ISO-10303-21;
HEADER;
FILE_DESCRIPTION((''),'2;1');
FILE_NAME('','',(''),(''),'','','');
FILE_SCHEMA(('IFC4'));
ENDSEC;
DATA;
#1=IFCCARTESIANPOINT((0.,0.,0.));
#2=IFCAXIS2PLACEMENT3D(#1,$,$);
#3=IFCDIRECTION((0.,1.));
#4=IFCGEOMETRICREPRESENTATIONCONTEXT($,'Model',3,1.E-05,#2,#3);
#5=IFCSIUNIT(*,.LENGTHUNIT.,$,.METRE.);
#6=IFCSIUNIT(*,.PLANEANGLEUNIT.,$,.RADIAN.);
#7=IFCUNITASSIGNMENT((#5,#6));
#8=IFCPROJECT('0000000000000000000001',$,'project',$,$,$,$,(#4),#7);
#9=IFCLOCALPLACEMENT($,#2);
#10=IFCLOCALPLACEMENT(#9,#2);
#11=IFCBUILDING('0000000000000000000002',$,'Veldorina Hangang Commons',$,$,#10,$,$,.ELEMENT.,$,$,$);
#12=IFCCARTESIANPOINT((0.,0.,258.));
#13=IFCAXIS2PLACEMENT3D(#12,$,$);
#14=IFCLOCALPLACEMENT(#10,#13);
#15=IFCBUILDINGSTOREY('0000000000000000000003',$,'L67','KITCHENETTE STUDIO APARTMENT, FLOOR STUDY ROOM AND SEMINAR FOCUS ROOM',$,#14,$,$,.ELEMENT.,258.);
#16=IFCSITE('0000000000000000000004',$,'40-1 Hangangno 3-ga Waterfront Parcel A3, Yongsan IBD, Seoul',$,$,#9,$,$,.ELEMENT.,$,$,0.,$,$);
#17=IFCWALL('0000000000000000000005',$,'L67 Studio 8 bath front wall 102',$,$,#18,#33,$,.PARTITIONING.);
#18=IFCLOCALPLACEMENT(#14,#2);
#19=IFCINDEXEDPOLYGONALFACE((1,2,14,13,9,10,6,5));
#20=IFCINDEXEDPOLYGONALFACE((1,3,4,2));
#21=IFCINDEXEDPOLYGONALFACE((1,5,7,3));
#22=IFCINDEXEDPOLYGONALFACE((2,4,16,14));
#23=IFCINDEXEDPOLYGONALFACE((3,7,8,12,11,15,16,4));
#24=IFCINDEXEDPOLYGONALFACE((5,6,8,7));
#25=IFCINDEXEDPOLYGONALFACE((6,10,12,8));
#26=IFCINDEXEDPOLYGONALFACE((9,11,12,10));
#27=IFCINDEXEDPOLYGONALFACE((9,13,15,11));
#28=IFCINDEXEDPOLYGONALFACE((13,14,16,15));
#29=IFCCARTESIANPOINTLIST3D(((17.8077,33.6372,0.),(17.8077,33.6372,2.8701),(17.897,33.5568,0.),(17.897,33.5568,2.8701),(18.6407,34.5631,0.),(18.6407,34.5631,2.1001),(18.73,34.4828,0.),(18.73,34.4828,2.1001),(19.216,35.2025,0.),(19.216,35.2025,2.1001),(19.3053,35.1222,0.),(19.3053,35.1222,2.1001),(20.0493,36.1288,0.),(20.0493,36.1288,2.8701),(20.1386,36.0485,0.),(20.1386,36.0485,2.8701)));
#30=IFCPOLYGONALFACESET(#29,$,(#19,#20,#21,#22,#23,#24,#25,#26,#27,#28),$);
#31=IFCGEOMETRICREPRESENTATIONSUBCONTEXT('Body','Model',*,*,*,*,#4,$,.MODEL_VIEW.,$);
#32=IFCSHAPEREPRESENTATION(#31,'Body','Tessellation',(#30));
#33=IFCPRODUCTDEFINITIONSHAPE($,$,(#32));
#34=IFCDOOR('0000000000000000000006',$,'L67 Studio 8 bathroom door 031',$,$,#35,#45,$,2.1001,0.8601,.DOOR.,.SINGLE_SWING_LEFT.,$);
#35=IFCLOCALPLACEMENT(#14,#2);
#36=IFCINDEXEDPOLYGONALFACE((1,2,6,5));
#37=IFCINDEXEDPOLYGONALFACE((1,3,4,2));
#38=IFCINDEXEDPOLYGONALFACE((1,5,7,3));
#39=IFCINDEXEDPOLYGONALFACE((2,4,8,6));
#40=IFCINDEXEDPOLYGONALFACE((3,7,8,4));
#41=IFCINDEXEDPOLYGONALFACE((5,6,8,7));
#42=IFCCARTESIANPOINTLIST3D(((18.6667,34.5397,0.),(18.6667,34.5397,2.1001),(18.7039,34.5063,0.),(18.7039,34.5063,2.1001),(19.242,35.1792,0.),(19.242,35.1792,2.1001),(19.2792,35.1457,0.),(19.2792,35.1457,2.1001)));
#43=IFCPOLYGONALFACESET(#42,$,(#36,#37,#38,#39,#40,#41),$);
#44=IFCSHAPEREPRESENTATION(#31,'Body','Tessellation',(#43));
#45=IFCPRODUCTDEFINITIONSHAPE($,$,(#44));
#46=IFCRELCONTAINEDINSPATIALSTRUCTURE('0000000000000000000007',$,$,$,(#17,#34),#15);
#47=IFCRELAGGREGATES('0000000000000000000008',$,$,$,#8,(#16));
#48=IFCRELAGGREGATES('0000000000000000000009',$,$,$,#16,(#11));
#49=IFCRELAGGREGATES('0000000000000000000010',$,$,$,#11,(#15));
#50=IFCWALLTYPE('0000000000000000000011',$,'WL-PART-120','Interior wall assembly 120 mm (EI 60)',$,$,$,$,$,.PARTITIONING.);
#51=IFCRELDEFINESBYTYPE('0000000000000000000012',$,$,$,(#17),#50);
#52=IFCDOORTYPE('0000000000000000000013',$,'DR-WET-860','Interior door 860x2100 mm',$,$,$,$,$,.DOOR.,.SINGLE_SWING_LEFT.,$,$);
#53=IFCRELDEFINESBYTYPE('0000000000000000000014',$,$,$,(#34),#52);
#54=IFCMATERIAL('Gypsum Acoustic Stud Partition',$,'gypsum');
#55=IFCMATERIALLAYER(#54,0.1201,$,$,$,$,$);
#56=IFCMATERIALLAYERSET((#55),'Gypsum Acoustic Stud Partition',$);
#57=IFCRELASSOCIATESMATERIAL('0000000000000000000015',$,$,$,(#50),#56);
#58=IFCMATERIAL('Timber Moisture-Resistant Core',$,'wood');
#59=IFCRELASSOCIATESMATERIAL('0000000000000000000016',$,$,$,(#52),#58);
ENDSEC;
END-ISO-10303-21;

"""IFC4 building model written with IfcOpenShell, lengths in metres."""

from ifc_helpers import new_model, si_unit, direction, frame, frame_2d, origin, place, context, subcontext, project, spatial, rectangle, extrude, material, layer, layer_set, type_object, element, fill, save


model = new_model("IFC4")

# Units and contexts
model_context = context("Model", 3, precision=1e-05, world=origin(), true_north=direction((0.0, 1.0)))
body_context = subcontext(model_context, "Body", "Model", "MODEL_VIEW")
ifc_project = project(units=[si_unit("LENGTHUNIT", "METRE"), si_unit("PLANEANGLEUNIT", "RADIAN")], contexts=[model_context])

# Site, building, storey
site_placement = place(None, origin())
site = spatial("IfcSite", under=ifc_project, at=site_placement, Name="40-1 Hangangno 3-ga Waterfront Parcel A3, Yongsan IBD, Seoul", CompositionType="ELEMENT", RefElevation=0.0)
building_placement = place(site_placement, origin())
building = spatial("IfcBuilding", under=site, at=building_placement, Name="Veldorina Hangang Commons", CompositionType="ELEMENT")
storey_placement = place(building_placement, frame((0.0, 0.0, 258.0)))
storey = spatial("IfcBuildingStorey", under=building, at=storey_placement, Name="L67", Description="KITCHENETTE STUDIO APARTMENT, FLOOR STUDY ROOM AND SEMINAR FOCUS ROOM", CompositionType="ELEMENT", Elevation=258.0)

# Wall, opening, door
ifc_material_1 = material(Name="Gypsum Acoustic Stud Partition", Category="gypsum")
ifc_layer_1 = layer(ifc_material_1, 0.1201)
ifc_layer_set_1 = layer_set([ifc_layer_1], Name="Gypsum Acoustic Stud Partition")
wall_type_1 = type_object("IfcWallType", Name="WL-PART-120", Description="Interior wall assembly 120 mm (EI 60)", PredefinedType="PARTITIONING", material=ifc_layer_set_1)
wall_1_placement = place(storey_placement, frame((20.094, 36.0886, 0.0), z_axis=(0.0, 0.0, 1.0), x_axis=(-0.668828, -0.743417, 0.0)))
wall_1 = element("IfcWall", 1, at=wall_1_placement, inside=storey, type_object=wall_type_1, Name="L67 Studio 8 bath front wall 102", PredefinedType="PARTITIONING", context=body_context, shape_type="SweptSolid", body=[
    extrude(rectangle(XDim=3.3516, YDim=0.1201, at=frame_2d((1.6758, 0.0))), origin(), (0.0, 0.0, 1.0), 2.8701),
])
opening_1_placement = place(wall_1_placement, frame((1.2458, 0.0, 0.0)))
opening_1 = element("IfcOpeningElement", 2, at=opening_1_placement, cuts=wall_1, PredefinedType="OPENING", context=body_context, shape_type="SweptSolid", body=[
    extrude(rectangle(XDim=0.8601, YDim=2.1001, at=frame_2d((0.4302, 1.05))), frame((0.0, 0.0701, 0.0), z_axis=(0.0, -1.0, 0.0), x_axis=(1.0, 0.0, 0.0)), (0.0, 0.0, 1.0), 0.1401),
])
ifc_material_2 = material(Name="Timber Moisture-Resistant Core", Category="wood")
door_type = type_object("IfcDoorType", Name="DR-WET-860", Description="Interior door 860x2100 mm", OperationType="SINGLE_SWING_LEFT", PredefinedType="DOOR", material=ifc_material_2)
door_placement = place(opening_1_placement, origin())
door = element("IfcDoor", 3, at=door_placement, inside=storey, type_object=door_type, Name="L67 Studio 8 bathroom door 031", OperationType="SINGLE_SWING_LEFT", OverallHeight=2.1001, OverallWidth=0.8601, PredefinedType="DOOR", context=body_context, shape_type="SweptSolid", body=[
    extrude(rectangle(XDim=0.8601, YDim=2.1001, at=frame_2d((0.4302, 1.05))), frame((0.0, 0.0249, 0.0), z_axis=(0.0, -1.0, 0.0), x_axis=(1.0, 0.0, 0.0)), (0.0, 0.0, 1.0), 0.05),
])
fill(opening_1, door)

save(model, "model.ifc")
